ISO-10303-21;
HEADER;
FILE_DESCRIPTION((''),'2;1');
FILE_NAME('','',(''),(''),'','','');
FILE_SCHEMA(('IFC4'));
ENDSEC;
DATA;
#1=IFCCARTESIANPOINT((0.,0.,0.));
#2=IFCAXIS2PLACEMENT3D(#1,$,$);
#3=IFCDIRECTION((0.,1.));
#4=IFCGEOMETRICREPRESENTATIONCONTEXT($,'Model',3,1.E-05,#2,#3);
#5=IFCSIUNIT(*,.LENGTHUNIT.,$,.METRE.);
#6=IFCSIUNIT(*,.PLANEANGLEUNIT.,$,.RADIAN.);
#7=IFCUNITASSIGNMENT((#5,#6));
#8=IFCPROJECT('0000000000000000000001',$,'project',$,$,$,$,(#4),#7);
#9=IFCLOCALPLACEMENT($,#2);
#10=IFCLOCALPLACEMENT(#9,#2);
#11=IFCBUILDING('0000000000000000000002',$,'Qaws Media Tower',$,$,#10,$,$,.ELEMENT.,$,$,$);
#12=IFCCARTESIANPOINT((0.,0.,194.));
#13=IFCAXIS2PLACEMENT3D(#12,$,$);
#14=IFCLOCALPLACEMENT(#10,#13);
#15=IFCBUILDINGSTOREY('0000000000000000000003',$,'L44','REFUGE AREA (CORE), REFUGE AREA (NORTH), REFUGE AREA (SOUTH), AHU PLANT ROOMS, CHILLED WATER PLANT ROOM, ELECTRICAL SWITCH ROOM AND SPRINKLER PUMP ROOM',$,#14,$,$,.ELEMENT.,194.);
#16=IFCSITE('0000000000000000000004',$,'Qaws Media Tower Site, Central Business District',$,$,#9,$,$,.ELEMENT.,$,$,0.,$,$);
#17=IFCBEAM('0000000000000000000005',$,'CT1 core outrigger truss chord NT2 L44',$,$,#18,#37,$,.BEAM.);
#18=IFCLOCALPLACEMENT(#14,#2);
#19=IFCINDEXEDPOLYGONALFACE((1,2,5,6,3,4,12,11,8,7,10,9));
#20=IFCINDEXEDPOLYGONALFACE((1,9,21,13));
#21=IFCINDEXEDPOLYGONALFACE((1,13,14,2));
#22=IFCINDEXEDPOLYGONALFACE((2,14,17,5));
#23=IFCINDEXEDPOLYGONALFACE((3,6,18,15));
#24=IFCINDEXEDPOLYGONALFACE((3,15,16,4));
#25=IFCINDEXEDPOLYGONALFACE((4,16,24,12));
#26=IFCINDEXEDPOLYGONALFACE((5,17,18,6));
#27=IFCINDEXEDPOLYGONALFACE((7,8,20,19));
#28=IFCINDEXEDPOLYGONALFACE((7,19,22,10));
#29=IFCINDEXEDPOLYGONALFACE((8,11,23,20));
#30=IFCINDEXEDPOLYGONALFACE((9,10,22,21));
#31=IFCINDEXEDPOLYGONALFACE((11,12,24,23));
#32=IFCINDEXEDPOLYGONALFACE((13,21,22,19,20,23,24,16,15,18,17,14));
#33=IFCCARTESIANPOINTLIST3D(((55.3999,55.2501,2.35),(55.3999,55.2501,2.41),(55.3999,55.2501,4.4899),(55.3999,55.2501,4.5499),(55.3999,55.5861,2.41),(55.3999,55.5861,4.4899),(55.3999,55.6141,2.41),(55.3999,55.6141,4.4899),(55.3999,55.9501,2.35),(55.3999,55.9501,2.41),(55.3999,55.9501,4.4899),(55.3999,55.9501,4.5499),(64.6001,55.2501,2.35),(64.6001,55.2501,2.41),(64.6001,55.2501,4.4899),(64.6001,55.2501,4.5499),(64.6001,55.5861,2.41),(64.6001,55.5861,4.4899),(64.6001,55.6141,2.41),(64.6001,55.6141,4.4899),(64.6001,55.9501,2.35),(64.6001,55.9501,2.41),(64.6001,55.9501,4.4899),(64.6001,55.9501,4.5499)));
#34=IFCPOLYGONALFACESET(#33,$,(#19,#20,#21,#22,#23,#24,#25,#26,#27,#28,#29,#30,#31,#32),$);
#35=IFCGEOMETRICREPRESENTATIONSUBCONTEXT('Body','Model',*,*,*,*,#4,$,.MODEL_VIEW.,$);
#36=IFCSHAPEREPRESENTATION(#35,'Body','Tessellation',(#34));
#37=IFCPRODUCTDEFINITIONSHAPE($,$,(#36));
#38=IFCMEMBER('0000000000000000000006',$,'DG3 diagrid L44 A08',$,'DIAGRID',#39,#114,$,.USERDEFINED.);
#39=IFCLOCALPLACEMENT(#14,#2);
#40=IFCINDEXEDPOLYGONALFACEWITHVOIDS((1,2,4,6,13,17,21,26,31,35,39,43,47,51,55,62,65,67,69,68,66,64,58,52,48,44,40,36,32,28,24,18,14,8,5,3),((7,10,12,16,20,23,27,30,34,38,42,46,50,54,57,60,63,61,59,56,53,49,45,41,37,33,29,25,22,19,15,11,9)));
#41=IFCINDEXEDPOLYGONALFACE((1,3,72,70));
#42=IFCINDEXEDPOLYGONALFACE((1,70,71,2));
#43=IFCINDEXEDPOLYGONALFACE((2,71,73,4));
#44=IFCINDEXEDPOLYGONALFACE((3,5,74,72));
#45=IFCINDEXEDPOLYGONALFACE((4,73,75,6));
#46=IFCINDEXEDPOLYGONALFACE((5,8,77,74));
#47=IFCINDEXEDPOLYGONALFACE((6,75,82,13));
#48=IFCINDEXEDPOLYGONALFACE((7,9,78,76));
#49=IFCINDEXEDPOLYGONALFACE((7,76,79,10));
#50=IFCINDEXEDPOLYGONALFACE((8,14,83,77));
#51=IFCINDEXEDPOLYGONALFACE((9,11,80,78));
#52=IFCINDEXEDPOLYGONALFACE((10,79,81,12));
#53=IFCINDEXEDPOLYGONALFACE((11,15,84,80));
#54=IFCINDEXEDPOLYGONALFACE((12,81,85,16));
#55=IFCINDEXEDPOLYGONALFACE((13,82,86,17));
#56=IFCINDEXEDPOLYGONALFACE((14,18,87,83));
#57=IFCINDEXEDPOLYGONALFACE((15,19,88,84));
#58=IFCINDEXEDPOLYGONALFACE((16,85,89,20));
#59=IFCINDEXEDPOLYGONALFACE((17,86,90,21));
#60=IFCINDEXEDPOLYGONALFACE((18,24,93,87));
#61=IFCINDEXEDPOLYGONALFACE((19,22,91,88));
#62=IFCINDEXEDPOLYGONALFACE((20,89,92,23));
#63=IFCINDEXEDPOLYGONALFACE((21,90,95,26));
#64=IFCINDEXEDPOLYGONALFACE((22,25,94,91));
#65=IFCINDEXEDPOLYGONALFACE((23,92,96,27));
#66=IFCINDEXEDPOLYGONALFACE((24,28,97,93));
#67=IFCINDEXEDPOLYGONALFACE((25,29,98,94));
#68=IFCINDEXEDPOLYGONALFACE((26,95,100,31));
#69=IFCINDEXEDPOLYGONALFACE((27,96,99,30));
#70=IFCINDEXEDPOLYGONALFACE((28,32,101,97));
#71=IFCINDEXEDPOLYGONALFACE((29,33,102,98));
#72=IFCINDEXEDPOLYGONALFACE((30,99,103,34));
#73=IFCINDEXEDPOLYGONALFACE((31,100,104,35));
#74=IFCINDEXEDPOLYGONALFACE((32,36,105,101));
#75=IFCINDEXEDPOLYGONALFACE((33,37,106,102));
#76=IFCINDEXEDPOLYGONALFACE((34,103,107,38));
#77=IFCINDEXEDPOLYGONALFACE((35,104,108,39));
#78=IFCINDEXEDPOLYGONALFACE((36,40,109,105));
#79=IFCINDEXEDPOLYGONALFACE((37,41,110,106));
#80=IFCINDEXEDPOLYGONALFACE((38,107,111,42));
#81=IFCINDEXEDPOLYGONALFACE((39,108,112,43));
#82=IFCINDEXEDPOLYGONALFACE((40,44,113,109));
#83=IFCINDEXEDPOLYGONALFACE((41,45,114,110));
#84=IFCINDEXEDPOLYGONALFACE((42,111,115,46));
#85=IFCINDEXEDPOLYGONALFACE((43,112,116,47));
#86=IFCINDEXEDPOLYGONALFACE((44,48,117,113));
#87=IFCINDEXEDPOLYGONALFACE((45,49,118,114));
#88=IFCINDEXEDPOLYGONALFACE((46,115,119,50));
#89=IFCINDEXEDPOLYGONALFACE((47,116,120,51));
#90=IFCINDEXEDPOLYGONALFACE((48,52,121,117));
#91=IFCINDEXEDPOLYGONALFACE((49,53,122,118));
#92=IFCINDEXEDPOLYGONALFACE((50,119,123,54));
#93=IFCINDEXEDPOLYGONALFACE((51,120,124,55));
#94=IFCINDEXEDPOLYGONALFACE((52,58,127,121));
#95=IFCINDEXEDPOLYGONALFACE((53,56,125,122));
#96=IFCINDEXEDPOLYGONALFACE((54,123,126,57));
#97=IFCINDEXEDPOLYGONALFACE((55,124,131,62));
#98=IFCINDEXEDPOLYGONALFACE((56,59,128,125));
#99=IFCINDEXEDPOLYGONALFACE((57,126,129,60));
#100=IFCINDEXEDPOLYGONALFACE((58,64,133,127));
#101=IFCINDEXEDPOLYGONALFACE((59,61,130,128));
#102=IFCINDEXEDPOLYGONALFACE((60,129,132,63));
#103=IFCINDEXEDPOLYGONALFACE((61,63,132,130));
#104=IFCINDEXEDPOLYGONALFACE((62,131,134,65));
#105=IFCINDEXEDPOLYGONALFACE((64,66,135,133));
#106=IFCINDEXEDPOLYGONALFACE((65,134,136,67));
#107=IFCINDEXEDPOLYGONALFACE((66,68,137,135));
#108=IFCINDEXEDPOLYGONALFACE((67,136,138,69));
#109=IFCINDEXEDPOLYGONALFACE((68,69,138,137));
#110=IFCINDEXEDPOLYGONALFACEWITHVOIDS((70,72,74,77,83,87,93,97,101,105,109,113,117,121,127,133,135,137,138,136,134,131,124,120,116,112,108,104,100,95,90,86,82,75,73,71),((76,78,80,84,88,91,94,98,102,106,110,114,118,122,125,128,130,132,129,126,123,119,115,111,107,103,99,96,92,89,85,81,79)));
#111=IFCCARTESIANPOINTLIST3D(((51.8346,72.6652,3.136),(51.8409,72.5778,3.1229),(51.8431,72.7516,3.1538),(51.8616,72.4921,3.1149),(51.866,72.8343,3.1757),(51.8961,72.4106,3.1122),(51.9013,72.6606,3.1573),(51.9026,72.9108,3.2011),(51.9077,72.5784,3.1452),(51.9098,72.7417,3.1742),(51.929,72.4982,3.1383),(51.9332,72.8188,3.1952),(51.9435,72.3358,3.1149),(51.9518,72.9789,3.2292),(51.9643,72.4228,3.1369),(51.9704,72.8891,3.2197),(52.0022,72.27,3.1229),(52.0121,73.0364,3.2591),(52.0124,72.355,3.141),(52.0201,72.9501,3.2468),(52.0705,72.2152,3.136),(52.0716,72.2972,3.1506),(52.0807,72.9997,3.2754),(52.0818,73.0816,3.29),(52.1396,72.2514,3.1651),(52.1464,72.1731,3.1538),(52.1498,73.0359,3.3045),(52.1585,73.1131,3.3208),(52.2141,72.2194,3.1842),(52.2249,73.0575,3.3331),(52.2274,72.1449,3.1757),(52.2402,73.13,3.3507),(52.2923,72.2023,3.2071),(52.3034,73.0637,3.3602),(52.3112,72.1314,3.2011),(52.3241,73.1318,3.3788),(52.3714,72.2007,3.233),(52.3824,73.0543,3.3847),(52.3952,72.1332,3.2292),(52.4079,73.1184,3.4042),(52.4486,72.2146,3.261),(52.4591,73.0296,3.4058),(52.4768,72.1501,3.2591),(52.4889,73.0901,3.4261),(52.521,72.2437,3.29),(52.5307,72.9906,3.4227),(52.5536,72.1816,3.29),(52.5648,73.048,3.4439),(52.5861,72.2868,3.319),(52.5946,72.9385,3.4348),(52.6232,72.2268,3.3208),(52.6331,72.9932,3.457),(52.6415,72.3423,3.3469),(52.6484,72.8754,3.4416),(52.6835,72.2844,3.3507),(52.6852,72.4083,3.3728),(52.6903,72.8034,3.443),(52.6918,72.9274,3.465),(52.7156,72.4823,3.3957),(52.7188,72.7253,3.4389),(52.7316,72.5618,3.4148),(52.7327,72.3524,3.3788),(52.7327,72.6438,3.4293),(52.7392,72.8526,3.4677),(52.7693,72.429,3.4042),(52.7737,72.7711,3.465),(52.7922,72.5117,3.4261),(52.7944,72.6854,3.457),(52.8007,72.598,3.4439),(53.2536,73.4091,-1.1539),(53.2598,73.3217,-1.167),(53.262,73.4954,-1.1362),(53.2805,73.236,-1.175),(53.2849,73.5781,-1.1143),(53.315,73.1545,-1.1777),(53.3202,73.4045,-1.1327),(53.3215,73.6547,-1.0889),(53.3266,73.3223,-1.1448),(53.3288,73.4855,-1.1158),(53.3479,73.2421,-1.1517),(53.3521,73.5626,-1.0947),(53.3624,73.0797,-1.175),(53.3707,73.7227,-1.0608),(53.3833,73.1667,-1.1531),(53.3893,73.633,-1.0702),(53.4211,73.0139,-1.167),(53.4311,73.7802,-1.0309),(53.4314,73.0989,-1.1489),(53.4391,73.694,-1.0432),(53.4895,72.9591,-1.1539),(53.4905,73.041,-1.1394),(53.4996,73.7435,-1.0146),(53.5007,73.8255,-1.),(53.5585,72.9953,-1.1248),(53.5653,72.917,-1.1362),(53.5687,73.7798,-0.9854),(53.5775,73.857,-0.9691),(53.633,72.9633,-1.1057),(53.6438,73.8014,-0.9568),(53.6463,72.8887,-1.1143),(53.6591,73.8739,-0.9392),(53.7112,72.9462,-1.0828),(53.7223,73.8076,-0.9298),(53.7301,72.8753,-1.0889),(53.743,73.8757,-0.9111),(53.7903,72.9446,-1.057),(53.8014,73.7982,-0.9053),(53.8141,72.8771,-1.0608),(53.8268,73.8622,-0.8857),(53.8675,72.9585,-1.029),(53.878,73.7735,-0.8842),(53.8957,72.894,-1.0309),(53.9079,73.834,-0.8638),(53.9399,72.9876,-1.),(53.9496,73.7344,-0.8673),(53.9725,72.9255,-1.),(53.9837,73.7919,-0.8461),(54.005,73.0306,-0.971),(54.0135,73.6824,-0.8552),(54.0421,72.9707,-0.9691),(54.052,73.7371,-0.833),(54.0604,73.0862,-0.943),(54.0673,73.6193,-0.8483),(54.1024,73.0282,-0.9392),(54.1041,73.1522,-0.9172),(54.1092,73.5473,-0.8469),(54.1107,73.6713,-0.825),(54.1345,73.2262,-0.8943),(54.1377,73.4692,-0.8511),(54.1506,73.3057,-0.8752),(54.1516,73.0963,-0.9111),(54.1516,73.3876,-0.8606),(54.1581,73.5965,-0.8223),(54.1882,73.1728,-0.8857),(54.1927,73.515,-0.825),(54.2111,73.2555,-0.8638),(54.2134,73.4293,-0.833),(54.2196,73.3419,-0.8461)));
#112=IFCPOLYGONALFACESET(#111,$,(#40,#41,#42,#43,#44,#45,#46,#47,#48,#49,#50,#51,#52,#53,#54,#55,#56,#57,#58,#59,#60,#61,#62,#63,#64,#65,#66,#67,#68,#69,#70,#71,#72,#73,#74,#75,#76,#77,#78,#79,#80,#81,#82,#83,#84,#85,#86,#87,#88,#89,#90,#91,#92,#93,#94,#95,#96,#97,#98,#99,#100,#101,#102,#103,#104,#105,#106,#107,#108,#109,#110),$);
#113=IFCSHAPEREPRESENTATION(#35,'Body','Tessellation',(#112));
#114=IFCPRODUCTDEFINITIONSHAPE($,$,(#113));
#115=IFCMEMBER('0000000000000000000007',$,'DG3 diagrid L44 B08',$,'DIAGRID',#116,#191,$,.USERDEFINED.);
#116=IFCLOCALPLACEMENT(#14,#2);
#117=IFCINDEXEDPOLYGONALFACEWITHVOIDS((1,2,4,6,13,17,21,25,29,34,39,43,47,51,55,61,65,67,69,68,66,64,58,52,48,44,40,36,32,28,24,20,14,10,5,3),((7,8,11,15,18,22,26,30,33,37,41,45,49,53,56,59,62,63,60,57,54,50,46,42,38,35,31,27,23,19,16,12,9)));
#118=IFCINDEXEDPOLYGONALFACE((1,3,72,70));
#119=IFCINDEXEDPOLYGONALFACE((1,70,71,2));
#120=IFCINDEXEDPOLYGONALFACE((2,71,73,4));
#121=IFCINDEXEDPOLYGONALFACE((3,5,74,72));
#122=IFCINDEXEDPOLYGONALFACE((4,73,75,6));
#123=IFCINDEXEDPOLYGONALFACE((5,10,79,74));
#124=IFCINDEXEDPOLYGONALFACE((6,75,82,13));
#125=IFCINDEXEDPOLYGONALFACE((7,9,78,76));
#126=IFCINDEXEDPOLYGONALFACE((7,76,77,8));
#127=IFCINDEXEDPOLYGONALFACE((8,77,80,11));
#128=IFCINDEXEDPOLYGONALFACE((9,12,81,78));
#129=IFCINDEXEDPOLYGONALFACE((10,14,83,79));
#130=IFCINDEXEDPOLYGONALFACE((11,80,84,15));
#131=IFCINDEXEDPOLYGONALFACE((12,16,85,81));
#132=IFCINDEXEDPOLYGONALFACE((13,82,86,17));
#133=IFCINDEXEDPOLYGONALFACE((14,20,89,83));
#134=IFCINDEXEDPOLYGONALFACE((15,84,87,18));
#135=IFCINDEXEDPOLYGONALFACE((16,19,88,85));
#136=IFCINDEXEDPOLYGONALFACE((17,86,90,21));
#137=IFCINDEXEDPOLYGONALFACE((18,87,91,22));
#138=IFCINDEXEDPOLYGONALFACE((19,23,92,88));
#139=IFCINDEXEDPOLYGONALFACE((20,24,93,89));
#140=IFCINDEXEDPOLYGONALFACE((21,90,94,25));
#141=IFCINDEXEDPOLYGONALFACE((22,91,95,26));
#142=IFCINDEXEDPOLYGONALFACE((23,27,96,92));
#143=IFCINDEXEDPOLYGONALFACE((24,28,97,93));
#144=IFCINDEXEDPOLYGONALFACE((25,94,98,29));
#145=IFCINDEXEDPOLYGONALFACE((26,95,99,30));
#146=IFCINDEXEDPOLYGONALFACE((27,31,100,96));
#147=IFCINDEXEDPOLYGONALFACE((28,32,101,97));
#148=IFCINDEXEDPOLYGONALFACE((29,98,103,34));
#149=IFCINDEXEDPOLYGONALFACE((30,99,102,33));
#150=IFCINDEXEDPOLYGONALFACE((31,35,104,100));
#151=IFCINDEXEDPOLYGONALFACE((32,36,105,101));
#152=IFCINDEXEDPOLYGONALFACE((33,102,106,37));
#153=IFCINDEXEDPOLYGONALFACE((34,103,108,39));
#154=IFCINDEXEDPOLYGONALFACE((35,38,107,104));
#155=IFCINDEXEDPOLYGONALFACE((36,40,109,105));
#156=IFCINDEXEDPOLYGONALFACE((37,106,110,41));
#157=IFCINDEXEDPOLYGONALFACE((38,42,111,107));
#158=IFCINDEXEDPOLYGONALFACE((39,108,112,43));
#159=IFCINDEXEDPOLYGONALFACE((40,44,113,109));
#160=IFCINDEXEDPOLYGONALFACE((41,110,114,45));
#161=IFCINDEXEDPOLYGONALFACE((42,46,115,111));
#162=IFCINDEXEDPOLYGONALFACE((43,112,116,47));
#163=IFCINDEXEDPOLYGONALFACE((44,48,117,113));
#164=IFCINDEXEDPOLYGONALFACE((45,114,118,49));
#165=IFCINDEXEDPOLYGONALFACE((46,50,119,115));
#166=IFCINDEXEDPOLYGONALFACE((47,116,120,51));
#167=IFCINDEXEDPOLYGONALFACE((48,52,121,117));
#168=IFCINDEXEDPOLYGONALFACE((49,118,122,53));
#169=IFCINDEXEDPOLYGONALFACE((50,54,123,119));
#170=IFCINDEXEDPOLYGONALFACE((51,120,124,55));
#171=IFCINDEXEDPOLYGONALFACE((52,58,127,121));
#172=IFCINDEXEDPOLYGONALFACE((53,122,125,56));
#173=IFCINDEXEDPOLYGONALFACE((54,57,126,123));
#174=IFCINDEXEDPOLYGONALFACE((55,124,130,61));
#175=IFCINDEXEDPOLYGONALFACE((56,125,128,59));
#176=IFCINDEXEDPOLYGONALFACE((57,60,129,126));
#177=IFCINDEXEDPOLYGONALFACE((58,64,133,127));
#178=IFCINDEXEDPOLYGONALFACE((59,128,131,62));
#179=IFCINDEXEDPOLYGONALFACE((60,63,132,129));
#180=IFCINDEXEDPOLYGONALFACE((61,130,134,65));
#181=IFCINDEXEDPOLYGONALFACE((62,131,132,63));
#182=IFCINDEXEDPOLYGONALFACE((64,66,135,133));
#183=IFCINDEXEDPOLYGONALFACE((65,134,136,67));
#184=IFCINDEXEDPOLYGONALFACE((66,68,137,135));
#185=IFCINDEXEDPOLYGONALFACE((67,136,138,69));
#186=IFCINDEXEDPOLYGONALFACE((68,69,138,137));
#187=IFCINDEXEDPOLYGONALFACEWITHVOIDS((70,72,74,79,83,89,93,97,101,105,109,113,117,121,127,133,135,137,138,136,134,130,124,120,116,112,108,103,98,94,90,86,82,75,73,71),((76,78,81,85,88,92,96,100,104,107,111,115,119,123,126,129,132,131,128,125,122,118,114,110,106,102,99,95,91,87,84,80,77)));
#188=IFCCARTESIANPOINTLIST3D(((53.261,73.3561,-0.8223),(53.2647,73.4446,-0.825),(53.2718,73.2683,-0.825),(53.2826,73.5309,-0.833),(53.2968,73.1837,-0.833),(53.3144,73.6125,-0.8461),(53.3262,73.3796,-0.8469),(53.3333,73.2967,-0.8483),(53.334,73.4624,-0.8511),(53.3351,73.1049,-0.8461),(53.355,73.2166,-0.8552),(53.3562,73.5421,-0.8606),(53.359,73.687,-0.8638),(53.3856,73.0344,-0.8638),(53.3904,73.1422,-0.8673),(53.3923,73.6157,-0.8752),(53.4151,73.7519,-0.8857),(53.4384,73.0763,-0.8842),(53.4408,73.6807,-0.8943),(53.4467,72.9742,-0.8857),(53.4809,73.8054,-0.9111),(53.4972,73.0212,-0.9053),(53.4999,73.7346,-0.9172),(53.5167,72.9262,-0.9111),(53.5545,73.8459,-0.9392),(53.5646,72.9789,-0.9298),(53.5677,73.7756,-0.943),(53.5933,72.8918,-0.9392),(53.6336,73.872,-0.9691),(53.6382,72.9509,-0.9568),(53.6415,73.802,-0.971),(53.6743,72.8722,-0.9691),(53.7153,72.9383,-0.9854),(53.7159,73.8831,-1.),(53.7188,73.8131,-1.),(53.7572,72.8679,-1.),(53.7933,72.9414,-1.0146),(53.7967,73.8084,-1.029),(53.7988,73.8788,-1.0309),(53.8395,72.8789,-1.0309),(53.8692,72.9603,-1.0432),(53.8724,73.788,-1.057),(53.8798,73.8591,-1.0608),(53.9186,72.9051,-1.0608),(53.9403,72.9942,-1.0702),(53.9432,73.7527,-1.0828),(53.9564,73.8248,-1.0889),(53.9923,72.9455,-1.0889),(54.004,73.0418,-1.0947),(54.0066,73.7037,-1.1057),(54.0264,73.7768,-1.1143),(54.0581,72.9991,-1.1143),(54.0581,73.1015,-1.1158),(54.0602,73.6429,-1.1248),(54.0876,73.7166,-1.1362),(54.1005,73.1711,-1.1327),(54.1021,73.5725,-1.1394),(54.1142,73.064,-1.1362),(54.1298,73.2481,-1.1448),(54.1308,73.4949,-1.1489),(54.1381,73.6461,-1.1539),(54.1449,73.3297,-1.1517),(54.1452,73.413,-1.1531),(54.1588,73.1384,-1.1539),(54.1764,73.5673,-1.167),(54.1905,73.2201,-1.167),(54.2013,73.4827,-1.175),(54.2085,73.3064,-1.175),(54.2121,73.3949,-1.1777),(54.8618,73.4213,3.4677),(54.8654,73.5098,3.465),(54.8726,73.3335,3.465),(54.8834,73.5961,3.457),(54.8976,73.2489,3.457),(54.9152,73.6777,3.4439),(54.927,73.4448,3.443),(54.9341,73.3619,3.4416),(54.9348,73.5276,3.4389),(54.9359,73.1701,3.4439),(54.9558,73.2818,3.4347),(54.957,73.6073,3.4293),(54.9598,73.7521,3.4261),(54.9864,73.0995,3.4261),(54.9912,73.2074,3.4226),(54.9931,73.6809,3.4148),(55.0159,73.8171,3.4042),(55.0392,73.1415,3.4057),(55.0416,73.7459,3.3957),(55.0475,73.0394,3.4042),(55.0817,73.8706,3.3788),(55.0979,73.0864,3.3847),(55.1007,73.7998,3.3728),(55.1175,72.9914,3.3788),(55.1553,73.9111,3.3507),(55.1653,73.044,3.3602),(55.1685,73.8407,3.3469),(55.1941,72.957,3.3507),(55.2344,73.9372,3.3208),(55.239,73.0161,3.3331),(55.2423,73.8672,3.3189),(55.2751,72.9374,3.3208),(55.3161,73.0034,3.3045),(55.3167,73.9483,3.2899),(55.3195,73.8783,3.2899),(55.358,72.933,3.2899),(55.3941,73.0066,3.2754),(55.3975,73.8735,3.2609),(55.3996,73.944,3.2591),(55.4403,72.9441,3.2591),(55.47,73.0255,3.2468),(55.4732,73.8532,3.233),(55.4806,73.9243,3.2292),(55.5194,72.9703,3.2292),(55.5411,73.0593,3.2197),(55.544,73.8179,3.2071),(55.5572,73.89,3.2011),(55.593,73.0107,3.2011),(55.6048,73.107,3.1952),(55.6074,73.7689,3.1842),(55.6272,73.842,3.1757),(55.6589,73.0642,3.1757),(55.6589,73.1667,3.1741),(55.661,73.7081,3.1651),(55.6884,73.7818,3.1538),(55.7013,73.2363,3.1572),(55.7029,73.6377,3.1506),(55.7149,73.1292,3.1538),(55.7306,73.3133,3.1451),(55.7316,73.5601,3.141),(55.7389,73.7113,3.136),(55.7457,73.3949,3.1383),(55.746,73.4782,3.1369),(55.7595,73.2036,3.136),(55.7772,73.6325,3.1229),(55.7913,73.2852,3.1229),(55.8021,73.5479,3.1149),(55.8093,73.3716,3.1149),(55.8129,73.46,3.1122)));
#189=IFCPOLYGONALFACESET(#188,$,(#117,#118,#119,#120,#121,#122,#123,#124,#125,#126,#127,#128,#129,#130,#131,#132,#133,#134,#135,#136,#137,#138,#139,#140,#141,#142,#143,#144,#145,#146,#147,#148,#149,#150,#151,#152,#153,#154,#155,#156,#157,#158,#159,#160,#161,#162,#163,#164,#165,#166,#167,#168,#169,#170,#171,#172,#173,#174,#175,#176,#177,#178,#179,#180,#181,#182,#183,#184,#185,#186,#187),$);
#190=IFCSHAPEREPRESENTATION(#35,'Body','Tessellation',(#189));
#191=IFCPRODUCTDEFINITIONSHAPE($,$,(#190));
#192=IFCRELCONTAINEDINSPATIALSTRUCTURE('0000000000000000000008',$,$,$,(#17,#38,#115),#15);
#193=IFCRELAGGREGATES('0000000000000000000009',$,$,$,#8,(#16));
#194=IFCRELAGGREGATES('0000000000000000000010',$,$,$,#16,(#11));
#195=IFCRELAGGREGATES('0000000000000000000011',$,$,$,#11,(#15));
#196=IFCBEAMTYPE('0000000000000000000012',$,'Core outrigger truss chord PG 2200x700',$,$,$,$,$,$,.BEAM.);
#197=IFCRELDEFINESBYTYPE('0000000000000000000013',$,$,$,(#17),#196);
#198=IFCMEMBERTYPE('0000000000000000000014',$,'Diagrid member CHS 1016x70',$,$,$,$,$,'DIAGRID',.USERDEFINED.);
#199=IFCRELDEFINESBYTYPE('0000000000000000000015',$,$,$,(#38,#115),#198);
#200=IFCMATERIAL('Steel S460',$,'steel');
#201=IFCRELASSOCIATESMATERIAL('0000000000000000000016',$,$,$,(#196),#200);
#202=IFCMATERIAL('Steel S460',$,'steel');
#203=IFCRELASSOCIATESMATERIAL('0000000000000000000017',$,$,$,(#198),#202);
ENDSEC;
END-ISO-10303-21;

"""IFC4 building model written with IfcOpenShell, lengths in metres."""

from ifc_helpers import new_model, si_unit, direction, frame, origin, origin_2d, place, context, subcontext, project, spatial, hollow_circle, i_section, extrude, material, material_profile, profile_set, type_object, element, save


model = new_model("IFC4")

# Units and contexts
model_context = context("Model", 3, precision=1e-05, world=origin(), true_north=direction((0.0, 1.0)))
body_context = subcontext(model_context, "Body", "Model", "MODEL_VIEW")
ifc_project = project(units=[si_unit("LENGTHUNIT", "METRE"), si_unit("PLANEANGLEUNIT", "RADIAN")], contexts=[model_context])

# Site, building, storey
site_placement = place(None, origin())
site = spatial("IfcSite", under=ifc_project, at=site_placement, Name="Qaws Media Tower Site, Central Business District", CompositionType="ELEMENT", RefElevation=0.0)
building_placement = place(site_placement, origin())
building = spatial("IfcBuilding", under=site, at=building_placement, Name="Qaws Media Tower", CompositionType="ELEMENT")
storey_placement = place(building_placement, frame((0.0, 0.0, 194.0)))
storey = spatial("IfcBuildingStorey", under=building, at=storey_placement, Name="L44", Description="REFUGE AREA (CORE), REFUGE AREA (NORTH), REFUGE AREA (SOUTH), AHU PLANT ROOMS, CHILLED WATER PLANT ROOM, ELECTRICAL SWITCH ROOM AND SPRINKLER PUMP ROOM", CompositionType="ELEMENT", Elevation=194.0)

# Beam
ifc_material_1 = material(Name="Steel S460", Category="steel")
ifc_material_profile_1 = material_profile(ifc_material_1, i_section(OverallWidth=0.7, OverallDepth=2.2, WebThickness=0.0281, FlangeThickness=0.0601, at=origin_2d()), Name="PG 2200x700")
ifc_profile_set_1 = profile_set([ifc_material_profile_1], Name="Steel S460")
beam_type_1 = type_object("IfcBeamType", Name="Core outrigger truss chord PG 2200x700", PredefinedType="BEAM", material=ifc_profile_set_1)
for number, where, z_axis, x_axis, name in (
    (1, (55.3999, 55.6001, 3.45), (1.0, 0.0, 0.0), (0.0, 1.0, 0.0), "CT1 core outrigger truss chord NT2 L44"),
):
    element("IfcBeam", number, at=place(storey_placement, frame(where, z_axis=z_axis, x_axis=x_axis)), inside=storey, type_object=beam_type_1, Name=name, PredefinedType="BEAM", context=body_context, shape_type="SweptSolid", body=[
        extrude(i_section(OverallWidth=0.7, OverallDepth=2.2, WebThickness=0.0281, FlangeThickness=0.0601, at=origin_2d()), origin(), (0.0, 0.0, 1.0), 9.2002),
    ])

# Members
ifc_material_2 = material(Name="Steel S460", Category="steel")
ifc_material_profile_2 = material_profile(ifc_material_2, hollow_circle(Radius=0.5081, WallThickness=0.0701, at=origin_2d()), Name="CHS 1016x70")
ifc_profile_set_2 = profile_set([ifc_material_profile_2], Name="Steel S460")
member_type_1 = type_object("IfcMemberType", Name="Diagrid member CHS 1016x70", ElementType="DIAGRID", PredefinedType="USERDEFINED", material=ifc_profile_set_2)
for number, where, z_axis, x_axis, name in (
    (2, (53.7366, 73.3755, -1.0), (-0.309852, -0.162443, 0.936805), (0.46432, -0.885667, 0.0), "DG3 diagrid L44 A08"),
    (3, (53.7366, 73.3755, -1.0), (0.349568, 0.014234, 0.936803), (-0.040686, 0.999172, 0.0), "DG3 diagrid L44 B08"),
):
    element("IfcMember", number, at=place(storey_placement, frame(where, z_axis=z_axis, x_axis=x_axis)), inside=storey, type_object=member_type_1, Name=name, ObjectType="DIAGRID", PredefinedType="USERDEFINED", context=body_context, shape_type="SweptSolid", body=[
        extrude(hollow_circle(Radius=0.5081, WallThickness=0.0701, at=origin_2d()), origin(), (0.0, 0.0, 1.0), 4.5793),
    ])

save(model, "model.ifc")
